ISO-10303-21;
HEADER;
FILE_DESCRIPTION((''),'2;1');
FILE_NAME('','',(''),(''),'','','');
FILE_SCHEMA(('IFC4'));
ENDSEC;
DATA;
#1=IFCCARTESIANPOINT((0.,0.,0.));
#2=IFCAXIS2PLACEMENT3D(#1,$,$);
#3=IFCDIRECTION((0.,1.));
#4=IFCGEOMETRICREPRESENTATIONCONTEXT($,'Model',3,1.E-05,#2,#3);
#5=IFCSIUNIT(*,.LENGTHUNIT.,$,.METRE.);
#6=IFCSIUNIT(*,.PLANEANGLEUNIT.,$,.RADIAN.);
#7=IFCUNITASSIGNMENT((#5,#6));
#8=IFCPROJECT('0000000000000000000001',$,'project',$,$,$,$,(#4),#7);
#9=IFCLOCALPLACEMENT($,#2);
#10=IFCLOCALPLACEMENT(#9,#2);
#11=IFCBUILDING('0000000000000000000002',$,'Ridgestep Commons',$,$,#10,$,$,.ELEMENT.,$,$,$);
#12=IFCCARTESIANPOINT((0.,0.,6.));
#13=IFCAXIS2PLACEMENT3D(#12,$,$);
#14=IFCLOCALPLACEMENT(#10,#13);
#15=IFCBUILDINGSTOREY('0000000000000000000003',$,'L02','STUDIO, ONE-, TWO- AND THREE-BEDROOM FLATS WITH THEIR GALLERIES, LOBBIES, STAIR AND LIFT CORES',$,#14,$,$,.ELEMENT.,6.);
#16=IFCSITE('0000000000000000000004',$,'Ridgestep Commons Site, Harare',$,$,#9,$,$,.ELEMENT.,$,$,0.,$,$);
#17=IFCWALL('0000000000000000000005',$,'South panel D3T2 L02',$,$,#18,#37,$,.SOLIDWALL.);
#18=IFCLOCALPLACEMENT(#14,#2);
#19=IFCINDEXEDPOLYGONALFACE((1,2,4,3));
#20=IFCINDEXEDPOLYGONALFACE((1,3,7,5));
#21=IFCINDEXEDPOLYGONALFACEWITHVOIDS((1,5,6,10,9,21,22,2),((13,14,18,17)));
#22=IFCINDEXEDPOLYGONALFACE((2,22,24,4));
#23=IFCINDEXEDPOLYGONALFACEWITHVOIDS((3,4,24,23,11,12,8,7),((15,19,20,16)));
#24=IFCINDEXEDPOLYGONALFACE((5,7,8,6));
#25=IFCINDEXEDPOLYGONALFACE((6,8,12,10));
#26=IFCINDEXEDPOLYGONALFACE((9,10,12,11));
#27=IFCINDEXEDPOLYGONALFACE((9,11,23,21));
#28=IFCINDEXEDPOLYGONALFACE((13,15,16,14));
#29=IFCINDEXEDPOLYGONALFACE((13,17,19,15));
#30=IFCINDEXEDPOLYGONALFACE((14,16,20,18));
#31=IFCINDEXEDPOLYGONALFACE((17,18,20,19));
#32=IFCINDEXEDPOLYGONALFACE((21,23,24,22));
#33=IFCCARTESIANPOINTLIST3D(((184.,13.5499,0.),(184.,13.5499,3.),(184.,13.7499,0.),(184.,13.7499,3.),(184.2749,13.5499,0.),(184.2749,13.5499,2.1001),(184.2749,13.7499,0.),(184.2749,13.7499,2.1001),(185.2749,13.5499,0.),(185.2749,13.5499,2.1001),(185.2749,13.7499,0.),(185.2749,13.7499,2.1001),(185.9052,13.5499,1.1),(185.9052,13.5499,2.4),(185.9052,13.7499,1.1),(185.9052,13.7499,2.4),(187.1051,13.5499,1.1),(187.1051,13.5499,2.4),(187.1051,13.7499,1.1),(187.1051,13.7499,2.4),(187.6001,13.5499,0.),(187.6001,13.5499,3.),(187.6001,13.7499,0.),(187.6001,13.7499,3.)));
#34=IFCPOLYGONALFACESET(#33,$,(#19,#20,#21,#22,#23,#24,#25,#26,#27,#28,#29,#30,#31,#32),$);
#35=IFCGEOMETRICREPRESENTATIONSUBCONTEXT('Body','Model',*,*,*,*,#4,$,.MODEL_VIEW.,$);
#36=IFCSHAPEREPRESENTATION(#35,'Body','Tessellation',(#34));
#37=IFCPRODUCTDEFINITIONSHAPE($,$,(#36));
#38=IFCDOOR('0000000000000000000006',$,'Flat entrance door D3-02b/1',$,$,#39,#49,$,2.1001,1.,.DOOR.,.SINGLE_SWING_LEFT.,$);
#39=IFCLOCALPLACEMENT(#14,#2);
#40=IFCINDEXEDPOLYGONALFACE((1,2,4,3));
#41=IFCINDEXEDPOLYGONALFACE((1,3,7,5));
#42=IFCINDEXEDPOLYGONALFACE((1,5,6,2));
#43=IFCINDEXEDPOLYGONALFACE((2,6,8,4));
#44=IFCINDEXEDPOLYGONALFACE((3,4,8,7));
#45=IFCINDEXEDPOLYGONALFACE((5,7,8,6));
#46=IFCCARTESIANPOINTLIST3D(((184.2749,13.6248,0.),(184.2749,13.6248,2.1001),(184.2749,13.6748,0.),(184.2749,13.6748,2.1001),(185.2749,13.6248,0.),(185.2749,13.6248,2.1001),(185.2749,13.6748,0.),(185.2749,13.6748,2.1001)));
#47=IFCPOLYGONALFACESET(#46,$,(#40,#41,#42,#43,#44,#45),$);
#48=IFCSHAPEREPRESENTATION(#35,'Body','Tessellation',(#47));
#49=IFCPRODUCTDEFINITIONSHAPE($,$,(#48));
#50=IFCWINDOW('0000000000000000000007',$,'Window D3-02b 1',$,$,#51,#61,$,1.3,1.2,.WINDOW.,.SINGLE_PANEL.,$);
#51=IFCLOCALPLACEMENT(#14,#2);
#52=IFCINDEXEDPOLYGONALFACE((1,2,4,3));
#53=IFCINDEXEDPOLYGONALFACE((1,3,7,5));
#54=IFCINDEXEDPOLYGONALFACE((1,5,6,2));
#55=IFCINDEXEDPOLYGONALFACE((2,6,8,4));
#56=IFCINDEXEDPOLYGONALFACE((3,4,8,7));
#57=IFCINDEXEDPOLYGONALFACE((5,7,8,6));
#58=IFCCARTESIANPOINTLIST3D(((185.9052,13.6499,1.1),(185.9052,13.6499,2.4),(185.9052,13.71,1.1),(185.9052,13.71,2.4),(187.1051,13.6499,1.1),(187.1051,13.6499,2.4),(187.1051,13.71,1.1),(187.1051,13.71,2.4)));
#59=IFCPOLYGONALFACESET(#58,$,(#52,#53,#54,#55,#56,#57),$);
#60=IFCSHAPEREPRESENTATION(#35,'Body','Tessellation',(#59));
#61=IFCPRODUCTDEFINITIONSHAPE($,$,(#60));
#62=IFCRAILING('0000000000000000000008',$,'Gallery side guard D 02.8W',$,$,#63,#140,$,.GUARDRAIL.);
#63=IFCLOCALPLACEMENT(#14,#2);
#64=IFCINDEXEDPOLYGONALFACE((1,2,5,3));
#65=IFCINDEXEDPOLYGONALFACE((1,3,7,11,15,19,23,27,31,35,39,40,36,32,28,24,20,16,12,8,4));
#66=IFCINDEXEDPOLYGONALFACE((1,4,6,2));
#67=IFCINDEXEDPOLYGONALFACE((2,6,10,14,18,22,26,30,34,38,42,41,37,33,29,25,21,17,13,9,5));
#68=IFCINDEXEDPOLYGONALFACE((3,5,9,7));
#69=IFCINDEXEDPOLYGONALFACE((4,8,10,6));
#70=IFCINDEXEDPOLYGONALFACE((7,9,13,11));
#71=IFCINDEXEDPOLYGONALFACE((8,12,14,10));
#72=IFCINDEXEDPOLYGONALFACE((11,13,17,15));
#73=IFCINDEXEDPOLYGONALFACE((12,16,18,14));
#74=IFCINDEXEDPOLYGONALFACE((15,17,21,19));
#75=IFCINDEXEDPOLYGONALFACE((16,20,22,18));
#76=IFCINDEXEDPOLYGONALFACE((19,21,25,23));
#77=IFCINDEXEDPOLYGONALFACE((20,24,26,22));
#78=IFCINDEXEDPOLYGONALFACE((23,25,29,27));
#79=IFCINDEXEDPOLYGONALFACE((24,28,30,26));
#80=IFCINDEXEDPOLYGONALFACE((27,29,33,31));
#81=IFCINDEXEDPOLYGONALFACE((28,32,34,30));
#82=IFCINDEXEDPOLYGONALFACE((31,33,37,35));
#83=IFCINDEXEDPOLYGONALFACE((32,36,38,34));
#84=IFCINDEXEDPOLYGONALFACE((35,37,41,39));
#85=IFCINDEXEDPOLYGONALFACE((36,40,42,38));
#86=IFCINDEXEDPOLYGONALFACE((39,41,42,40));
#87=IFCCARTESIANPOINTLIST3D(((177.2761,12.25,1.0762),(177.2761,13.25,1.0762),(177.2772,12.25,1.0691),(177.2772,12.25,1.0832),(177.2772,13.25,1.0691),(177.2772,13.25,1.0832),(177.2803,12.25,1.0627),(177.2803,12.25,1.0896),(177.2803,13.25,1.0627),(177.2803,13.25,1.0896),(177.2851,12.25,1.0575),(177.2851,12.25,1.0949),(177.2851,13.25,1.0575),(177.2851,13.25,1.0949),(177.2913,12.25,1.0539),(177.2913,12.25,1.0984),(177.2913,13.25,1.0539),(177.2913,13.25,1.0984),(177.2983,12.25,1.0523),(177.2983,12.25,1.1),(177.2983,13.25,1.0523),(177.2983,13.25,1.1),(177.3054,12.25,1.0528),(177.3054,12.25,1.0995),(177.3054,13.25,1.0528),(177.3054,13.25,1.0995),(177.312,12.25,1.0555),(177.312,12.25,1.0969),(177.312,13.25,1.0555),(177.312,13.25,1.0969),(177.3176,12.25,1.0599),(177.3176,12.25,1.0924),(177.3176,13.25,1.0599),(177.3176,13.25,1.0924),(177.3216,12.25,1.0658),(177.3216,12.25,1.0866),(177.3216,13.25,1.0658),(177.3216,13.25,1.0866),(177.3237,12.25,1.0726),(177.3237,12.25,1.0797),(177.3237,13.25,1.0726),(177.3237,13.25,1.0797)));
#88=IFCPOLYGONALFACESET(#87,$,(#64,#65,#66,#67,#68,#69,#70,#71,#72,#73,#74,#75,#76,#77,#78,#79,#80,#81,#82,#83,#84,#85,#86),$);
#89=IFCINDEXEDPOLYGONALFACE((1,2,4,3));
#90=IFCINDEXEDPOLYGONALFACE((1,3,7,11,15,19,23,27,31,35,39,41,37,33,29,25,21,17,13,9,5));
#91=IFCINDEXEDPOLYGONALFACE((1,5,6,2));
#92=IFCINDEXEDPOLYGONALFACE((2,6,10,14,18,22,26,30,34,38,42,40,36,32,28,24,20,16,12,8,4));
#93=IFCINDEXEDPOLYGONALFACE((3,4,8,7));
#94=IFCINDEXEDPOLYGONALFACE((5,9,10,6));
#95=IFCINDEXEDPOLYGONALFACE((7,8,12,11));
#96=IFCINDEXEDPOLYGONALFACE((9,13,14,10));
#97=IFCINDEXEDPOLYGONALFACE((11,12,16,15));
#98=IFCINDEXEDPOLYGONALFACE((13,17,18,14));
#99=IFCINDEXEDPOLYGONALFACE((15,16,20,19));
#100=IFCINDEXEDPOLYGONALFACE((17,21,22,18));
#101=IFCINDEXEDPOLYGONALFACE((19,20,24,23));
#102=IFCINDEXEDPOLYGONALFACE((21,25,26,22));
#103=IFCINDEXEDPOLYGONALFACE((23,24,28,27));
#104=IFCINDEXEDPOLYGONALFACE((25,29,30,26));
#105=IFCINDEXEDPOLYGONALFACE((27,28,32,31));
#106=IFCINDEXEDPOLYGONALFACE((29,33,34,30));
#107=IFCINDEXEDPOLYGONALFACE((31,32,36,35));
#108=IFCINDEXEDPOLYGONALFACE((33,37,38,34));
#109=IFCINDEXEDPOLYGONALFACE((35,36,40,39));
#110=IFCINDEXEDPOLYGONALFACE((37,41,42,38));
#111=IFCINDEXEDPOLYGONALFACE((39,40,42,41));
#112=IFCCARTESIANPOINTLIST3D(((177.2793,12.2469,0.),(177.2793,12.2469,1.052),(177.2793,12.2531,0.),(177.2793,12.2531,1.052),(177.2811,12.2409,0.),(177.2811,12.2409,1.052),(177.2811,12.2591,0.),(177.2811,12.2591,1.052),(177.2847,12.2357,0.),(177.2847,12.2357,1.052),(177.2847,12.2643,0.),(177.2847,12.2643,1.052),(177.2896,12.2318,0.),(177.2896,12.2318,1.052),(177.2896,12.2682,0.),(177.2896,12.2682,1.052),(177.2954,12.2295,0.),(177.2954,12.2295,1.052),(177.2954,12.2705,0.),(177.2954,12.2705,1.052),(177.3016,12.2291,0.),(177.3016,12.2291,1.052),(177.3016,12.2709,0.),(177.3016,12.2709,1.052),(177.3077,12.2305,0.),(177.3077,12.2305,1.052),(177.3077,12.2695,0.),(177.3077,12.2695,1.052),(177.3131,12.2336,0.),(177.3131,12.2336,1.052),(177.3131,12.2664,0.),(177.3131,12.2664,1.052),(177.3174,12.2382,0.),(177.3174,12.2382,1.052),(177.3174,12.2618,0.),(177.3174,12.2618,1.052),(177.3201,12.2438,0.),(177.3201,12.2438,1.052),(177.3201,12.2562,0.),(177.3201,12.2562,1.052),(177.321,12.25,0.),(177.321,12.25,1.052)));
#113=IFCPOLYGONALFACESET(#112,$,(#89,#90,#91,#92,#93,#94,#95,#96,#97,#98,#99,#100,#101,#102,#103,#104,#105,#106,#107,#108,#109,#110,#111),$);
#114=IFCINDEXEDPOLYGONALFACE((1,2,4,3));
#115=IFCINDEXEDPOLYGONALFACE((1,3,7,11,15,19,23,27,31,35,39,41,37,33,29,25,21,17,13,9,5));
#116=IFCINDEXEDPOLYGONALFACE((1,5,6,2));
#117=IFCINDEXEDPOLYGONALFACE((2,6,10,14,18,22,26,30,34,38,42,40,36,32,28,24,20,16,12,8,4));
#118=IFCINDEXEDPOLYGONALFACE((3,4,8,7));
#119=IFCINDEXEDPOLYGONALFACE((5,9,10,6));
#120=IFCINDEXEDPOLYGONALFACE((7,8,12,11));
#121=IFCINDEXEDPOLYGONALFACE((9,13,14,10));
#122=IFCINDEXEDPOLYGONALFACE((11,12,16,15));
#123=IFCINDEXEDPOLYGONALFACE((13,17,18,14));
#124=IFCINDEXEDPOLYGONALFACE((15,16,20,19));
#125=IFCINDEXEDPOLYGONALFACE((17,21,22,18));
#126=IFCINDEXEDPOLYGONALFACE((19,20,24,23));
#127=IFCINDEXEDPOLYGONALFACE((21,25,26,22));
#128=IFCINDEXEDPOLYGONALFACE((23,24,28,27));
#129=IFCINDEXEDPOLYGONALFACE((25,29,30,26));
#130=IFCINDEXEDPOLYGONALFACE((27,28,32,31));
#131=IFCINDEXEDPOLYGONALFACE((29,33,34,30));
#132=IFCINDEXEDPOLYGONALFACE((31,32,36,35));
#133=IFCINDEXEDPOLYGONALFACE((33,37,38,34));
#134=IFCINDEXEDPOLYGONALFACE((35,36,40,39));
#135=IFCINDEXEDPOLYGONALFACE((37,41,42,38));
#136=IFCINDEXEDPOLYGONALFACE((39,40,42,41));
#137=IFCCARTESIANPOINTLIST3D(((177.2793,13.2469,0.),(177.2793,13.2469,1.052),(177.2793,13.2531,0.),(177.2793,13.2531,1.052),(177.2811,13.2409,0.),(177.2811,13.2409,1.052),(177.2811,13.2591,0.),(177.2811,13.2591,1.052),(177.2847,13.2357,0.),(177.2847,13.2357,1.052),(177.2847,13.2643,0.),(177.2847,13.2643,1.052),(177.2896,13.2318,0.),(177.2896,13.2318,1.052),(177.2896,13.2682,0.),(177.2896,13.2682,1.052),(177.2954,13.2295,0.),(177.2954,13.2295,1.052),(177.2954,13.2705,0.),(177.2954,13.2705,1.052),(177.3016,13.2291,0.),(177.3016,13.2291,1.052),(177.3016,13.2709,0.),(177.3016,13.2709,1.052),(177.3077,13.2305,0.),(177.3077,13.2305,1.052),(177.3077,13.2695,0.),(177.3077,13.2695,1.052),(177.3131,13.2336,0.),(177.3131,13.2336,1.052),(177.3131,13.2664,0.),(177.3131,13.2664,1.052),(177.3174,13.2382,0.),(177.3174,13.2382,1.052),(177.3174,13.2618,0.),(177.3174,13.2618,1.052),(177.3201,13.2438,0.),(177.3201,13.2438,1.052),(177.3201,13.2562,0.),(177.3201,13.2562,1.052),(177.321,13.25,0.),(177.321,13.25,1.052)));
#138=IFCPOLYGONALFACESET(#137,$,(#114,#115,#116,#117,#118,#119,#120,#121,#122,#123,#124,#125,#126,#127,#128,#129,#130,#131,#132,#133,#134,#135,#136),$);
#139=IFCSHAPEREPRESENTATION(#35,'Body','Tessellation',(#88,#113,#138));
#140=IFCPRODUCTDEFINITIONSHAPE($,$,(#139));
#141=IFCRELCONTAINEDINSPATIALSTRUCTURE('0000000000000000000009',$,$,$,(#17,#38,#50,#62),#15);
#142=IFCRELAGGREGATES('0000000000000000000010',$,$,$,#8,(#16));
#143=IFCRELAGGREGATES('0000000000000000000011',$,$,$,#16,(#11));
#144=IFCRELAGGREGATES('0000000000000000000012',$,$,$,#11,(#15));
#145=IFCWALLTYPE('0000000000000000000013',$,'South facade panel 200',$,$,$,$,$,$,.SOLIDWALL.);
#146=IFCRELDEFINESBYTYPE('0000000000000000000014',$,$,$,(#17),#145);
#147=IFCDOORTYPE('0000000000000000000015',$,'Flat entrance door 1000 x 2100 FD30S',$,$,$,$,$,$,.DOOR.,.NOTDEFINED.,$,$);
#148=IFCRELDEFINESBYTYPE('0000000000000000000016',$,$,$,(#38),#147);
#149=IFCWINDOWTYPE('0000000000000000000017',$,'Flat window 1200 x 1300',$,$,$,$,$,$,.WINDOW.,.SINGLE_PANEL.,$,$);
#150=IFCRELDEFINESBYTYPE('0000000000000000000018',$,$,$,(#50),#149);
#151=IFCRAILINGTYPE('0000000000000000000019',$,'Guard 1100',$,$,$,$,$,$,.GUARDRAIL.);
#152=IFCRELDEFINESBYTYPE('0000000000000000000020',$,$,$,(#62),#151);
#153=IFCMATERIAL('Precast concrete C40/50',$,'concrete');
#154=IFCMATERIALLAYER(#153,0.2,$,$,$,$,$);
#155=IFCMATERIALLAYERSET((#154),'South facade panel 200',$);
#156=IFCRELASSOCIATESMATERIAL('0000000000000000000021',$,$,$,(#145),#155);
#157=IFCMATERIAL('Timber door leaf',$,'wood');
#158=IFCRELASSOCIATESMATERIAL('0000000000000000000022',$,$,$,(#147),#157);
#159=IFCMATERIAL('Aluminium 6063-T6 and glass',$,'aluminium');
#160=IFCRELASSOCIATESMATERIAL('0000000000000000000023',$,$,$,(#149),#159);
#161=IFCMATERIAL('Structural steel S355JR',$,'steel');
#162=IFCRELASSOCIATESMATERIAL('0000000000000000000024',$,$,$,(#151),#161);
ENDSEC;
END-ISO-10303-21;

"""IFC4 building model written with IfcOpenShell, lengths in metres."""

from ifc_helpers import new_model, si_unit, direction, frame, frame_2d, origin, origin_2d, place, context, subcontext, project, spatial, rectangle, circle, extrude, material, layer, layer_set, type_object, element, fill, save


model = new_model("IFC4")

# Units and contexts
model_context = context("Model", 3, precision=1e-05, world=origin(), true_north=direction((0.0, 1.0)))
body_context = subcontext(model_context, "Body", "Model", "MODEL_VIEW")
ifc_project = project(units=[si_unit("LENGTHUNIT", "METRE"), si_unit("PLANEANGLEUNIT", "RADIAN")], contexts=[model_context])

# Site, building, storey
site_placement = place(None, origin())
site = spatial("IfcSite", under=ifc_project, at=site_placement, Name="Ridgestep Commons Site, Harare", CompositionType="ELEMENT", RefElevation=0.0)
building_placement = place(site_placement, origin())
building = spatial("IfcBuilding", under=site, at=building_placement, Name="Ridgestep Commons", CompositionType="ELEMENT")
storey_placement = place(building_placement, frame((0.0, 0.0, 6.0)))
storey = spatial("IfcBuildingStorey", under=building, at=storey_placement, Name="L02", Description="STUDIO, ONE-, TWO- AND THREE-BEDROOM FLATS WITH THEIR GALLERIES, LOBBIES, STAIR AND LIFT CORES", CompositionType="ELEMENT", Elevation=6.0)

# Wall, openings, door, window
ifc_material_1 = material(Name="Precast concrete C40/50", Category="concrete")
ifc_layer_1 = layer(ifc_material_1, 0.2)
ifc_layer_set_1 = layer_set([ifc_layer_1], Name="South facade panel 200")
wall_type_1 = type_object("IfcWallType", Name="South facade panel 200", PredefinedType="SOLIDWALL", material=ifc_layer_set_1)
ifc_material_2 = material(Name="Timber door leaf", Category="wood")
door_type_1 = type_object("IfcDoorType", Name="Flat entrance door 1000 x 2100 FD30S", OperationType="NOTDEFINED", PredefinedType="DOOR", material=ifc_material_2)
ifc_material_3 = material(Name="Aluminium 6063-T6 and glass", Category="aluminium")
window_type = type_object("IfcWindowType", Name="Flat window 1200 x 1300", PartitioningType="SINGLE_PANEL", PredefinedType="WINDOW", material=ifc_material_3)
wall_1_placement = place(storey_placement, frame((184.0, 13.6499, 0.0), z_axis=(0.0, 0.0, 1.0), x_axis=(1.0, 0.0, 0.0)))
wall_1 = element("IfcWall", 1, at=wall_1_placement, inside=storey, type_object=wall_type_1, Name="South panel D3T2 L02", PredefinedType="SOLIDWALL", context=body_context, shape_type="SweptSolid", body=[
    extrude(rectangle(XDim=3.6001, YDim=0.2, at=frame_2d((1.8, 0.0))), origin(), (0.0, 0.0, 1.0), 3.0),
])
opening_1_placement = place(wall_1_placement, frame((1.905, 0.0, 1.1001)))
opening_1 = element("IfcOpeningElement", 2, at=opening_1_placement, cuts=wall_1, PredefinedType="OPENING", context=body_context, shape_type="SweptSolid", body=[
    extrude(rectangle(XDim=1.2, YDim=1.3, at=frame_2d((0.6001, 0.6499))), frame((0.0, 0.1099, 0.0), z_axis=(0.0, -1.0, 0.0), x_axis=(1.0, 0.0, 0.0)), (0.0, 0.0, 1.0), 0.22),
])
opening_2_placement = place(wall_1_placement, frame((0.2749, 0.0, 0.0)))
opening_2 = element("IfcOpeningElement", 3, at=opening_2_placement, cuts=wall_1, PredefinedType="OPENING", context=body_context, shape_type="SweptSolid", body=[
    extrude(rectangle(XDim=1.0, YDim=2.1001, at=frame_2d((0.5, 1.05))), frame((0.0, 0.1099, 0.0), z_axis=(0.0, -1.0, 0.0), x_axis=(1.0, 0.0, 0.0)), (0.0, 0.0, 1.0), 0.22),
])
door_1_placement = place(opening_2_placement, origin())
door_1 = element("IfcDoor", 4, at=door_1_placement, inside=storey, type_object=door_type_1, Name="Flat entrance door D3-02b/1", OperationType="SINGLE_SWING_LEFT", OverallHeight=2.1001, OverallWidth=1.0, PredefinedType="DOOR", context=body_context, shape_type="SweptSolid", body=[
    extrude(rectangle(XDim=1.0, YDim=2.1001, at=frame_2d((0.5, 1.05))), frame((0.0, 0.0249, 0.0), z_axis=(0.0, -1.0, 0.0), x_axis=(1.0, 0.0, 0.0)), (0.0, 0.0, 1.0), 0.05),
])
fill(opening_2, door_1)
window_1_placement = place(opening_1_placement, origin())
window_1 = element("IfcWindow", 5, at=window_1_placement, inside=storey, type_object=window_type, Name="Window D3-02b 1", OverallHeight=1.3, OverallWidth=1.2, PartitioningType="SINGLE_PANEL", PredefinedType="WINDOW", context=body_context, shape_type="SweptSolid", body=[
    extrude(rectangle(XDim=1.2, YDim=1.3, at=frame_2d((0.6001, 0.6499))), frame((0.0, 0.0601, 0.0), z_axis=(0.0, -1.0, 0.0), x_axis=(1.0, 0.0, 0.0)), (0.0, 0.0, 1.0), 0.0601),
])
fill(opening_1, window_1)

# Railing
ifc_material_4 = material(Name="Structural steel S355JR", Category="steel")
railing_type = type_object("IfcRailingType", Name="Guard 1100", PredefinedType="GUARDRAIL", material=ifc_material_4)
for number, where, name in (
    (6, (177.3, 12.25, 0.0), "Gallery side guard D 02.8W"),
):
    element("IfcRailing", number, at=place(storey_placement, frame(where)), inside=storey, type_object=railing_type, Name=name, PredefinedType="GUARDRAIL", context=body_context, shape_type="SweptSolid", body=[
        extrude(circle(Radius=0.0239, at=origin_2d()), frame((0.0, 0.0, 1.0762), z_axis=(0.0, 1.0, 0.0), x_axis=(-1.0, 0.0, 0.0)), (0.0, 0.0, 1.0), 1.0),
        extrude(circle(Radius=0.021, at=origin_2d()), origin(), (0.0, 0.0, 1.0), 1.052),
        extrude(circle(Radius=0.021, at=origin_2d()), frame((0.0, 1.0, 0.0)), (0.0, 0.0, 1.0), 1.052),
    ])

save(model, "model.ifc")
